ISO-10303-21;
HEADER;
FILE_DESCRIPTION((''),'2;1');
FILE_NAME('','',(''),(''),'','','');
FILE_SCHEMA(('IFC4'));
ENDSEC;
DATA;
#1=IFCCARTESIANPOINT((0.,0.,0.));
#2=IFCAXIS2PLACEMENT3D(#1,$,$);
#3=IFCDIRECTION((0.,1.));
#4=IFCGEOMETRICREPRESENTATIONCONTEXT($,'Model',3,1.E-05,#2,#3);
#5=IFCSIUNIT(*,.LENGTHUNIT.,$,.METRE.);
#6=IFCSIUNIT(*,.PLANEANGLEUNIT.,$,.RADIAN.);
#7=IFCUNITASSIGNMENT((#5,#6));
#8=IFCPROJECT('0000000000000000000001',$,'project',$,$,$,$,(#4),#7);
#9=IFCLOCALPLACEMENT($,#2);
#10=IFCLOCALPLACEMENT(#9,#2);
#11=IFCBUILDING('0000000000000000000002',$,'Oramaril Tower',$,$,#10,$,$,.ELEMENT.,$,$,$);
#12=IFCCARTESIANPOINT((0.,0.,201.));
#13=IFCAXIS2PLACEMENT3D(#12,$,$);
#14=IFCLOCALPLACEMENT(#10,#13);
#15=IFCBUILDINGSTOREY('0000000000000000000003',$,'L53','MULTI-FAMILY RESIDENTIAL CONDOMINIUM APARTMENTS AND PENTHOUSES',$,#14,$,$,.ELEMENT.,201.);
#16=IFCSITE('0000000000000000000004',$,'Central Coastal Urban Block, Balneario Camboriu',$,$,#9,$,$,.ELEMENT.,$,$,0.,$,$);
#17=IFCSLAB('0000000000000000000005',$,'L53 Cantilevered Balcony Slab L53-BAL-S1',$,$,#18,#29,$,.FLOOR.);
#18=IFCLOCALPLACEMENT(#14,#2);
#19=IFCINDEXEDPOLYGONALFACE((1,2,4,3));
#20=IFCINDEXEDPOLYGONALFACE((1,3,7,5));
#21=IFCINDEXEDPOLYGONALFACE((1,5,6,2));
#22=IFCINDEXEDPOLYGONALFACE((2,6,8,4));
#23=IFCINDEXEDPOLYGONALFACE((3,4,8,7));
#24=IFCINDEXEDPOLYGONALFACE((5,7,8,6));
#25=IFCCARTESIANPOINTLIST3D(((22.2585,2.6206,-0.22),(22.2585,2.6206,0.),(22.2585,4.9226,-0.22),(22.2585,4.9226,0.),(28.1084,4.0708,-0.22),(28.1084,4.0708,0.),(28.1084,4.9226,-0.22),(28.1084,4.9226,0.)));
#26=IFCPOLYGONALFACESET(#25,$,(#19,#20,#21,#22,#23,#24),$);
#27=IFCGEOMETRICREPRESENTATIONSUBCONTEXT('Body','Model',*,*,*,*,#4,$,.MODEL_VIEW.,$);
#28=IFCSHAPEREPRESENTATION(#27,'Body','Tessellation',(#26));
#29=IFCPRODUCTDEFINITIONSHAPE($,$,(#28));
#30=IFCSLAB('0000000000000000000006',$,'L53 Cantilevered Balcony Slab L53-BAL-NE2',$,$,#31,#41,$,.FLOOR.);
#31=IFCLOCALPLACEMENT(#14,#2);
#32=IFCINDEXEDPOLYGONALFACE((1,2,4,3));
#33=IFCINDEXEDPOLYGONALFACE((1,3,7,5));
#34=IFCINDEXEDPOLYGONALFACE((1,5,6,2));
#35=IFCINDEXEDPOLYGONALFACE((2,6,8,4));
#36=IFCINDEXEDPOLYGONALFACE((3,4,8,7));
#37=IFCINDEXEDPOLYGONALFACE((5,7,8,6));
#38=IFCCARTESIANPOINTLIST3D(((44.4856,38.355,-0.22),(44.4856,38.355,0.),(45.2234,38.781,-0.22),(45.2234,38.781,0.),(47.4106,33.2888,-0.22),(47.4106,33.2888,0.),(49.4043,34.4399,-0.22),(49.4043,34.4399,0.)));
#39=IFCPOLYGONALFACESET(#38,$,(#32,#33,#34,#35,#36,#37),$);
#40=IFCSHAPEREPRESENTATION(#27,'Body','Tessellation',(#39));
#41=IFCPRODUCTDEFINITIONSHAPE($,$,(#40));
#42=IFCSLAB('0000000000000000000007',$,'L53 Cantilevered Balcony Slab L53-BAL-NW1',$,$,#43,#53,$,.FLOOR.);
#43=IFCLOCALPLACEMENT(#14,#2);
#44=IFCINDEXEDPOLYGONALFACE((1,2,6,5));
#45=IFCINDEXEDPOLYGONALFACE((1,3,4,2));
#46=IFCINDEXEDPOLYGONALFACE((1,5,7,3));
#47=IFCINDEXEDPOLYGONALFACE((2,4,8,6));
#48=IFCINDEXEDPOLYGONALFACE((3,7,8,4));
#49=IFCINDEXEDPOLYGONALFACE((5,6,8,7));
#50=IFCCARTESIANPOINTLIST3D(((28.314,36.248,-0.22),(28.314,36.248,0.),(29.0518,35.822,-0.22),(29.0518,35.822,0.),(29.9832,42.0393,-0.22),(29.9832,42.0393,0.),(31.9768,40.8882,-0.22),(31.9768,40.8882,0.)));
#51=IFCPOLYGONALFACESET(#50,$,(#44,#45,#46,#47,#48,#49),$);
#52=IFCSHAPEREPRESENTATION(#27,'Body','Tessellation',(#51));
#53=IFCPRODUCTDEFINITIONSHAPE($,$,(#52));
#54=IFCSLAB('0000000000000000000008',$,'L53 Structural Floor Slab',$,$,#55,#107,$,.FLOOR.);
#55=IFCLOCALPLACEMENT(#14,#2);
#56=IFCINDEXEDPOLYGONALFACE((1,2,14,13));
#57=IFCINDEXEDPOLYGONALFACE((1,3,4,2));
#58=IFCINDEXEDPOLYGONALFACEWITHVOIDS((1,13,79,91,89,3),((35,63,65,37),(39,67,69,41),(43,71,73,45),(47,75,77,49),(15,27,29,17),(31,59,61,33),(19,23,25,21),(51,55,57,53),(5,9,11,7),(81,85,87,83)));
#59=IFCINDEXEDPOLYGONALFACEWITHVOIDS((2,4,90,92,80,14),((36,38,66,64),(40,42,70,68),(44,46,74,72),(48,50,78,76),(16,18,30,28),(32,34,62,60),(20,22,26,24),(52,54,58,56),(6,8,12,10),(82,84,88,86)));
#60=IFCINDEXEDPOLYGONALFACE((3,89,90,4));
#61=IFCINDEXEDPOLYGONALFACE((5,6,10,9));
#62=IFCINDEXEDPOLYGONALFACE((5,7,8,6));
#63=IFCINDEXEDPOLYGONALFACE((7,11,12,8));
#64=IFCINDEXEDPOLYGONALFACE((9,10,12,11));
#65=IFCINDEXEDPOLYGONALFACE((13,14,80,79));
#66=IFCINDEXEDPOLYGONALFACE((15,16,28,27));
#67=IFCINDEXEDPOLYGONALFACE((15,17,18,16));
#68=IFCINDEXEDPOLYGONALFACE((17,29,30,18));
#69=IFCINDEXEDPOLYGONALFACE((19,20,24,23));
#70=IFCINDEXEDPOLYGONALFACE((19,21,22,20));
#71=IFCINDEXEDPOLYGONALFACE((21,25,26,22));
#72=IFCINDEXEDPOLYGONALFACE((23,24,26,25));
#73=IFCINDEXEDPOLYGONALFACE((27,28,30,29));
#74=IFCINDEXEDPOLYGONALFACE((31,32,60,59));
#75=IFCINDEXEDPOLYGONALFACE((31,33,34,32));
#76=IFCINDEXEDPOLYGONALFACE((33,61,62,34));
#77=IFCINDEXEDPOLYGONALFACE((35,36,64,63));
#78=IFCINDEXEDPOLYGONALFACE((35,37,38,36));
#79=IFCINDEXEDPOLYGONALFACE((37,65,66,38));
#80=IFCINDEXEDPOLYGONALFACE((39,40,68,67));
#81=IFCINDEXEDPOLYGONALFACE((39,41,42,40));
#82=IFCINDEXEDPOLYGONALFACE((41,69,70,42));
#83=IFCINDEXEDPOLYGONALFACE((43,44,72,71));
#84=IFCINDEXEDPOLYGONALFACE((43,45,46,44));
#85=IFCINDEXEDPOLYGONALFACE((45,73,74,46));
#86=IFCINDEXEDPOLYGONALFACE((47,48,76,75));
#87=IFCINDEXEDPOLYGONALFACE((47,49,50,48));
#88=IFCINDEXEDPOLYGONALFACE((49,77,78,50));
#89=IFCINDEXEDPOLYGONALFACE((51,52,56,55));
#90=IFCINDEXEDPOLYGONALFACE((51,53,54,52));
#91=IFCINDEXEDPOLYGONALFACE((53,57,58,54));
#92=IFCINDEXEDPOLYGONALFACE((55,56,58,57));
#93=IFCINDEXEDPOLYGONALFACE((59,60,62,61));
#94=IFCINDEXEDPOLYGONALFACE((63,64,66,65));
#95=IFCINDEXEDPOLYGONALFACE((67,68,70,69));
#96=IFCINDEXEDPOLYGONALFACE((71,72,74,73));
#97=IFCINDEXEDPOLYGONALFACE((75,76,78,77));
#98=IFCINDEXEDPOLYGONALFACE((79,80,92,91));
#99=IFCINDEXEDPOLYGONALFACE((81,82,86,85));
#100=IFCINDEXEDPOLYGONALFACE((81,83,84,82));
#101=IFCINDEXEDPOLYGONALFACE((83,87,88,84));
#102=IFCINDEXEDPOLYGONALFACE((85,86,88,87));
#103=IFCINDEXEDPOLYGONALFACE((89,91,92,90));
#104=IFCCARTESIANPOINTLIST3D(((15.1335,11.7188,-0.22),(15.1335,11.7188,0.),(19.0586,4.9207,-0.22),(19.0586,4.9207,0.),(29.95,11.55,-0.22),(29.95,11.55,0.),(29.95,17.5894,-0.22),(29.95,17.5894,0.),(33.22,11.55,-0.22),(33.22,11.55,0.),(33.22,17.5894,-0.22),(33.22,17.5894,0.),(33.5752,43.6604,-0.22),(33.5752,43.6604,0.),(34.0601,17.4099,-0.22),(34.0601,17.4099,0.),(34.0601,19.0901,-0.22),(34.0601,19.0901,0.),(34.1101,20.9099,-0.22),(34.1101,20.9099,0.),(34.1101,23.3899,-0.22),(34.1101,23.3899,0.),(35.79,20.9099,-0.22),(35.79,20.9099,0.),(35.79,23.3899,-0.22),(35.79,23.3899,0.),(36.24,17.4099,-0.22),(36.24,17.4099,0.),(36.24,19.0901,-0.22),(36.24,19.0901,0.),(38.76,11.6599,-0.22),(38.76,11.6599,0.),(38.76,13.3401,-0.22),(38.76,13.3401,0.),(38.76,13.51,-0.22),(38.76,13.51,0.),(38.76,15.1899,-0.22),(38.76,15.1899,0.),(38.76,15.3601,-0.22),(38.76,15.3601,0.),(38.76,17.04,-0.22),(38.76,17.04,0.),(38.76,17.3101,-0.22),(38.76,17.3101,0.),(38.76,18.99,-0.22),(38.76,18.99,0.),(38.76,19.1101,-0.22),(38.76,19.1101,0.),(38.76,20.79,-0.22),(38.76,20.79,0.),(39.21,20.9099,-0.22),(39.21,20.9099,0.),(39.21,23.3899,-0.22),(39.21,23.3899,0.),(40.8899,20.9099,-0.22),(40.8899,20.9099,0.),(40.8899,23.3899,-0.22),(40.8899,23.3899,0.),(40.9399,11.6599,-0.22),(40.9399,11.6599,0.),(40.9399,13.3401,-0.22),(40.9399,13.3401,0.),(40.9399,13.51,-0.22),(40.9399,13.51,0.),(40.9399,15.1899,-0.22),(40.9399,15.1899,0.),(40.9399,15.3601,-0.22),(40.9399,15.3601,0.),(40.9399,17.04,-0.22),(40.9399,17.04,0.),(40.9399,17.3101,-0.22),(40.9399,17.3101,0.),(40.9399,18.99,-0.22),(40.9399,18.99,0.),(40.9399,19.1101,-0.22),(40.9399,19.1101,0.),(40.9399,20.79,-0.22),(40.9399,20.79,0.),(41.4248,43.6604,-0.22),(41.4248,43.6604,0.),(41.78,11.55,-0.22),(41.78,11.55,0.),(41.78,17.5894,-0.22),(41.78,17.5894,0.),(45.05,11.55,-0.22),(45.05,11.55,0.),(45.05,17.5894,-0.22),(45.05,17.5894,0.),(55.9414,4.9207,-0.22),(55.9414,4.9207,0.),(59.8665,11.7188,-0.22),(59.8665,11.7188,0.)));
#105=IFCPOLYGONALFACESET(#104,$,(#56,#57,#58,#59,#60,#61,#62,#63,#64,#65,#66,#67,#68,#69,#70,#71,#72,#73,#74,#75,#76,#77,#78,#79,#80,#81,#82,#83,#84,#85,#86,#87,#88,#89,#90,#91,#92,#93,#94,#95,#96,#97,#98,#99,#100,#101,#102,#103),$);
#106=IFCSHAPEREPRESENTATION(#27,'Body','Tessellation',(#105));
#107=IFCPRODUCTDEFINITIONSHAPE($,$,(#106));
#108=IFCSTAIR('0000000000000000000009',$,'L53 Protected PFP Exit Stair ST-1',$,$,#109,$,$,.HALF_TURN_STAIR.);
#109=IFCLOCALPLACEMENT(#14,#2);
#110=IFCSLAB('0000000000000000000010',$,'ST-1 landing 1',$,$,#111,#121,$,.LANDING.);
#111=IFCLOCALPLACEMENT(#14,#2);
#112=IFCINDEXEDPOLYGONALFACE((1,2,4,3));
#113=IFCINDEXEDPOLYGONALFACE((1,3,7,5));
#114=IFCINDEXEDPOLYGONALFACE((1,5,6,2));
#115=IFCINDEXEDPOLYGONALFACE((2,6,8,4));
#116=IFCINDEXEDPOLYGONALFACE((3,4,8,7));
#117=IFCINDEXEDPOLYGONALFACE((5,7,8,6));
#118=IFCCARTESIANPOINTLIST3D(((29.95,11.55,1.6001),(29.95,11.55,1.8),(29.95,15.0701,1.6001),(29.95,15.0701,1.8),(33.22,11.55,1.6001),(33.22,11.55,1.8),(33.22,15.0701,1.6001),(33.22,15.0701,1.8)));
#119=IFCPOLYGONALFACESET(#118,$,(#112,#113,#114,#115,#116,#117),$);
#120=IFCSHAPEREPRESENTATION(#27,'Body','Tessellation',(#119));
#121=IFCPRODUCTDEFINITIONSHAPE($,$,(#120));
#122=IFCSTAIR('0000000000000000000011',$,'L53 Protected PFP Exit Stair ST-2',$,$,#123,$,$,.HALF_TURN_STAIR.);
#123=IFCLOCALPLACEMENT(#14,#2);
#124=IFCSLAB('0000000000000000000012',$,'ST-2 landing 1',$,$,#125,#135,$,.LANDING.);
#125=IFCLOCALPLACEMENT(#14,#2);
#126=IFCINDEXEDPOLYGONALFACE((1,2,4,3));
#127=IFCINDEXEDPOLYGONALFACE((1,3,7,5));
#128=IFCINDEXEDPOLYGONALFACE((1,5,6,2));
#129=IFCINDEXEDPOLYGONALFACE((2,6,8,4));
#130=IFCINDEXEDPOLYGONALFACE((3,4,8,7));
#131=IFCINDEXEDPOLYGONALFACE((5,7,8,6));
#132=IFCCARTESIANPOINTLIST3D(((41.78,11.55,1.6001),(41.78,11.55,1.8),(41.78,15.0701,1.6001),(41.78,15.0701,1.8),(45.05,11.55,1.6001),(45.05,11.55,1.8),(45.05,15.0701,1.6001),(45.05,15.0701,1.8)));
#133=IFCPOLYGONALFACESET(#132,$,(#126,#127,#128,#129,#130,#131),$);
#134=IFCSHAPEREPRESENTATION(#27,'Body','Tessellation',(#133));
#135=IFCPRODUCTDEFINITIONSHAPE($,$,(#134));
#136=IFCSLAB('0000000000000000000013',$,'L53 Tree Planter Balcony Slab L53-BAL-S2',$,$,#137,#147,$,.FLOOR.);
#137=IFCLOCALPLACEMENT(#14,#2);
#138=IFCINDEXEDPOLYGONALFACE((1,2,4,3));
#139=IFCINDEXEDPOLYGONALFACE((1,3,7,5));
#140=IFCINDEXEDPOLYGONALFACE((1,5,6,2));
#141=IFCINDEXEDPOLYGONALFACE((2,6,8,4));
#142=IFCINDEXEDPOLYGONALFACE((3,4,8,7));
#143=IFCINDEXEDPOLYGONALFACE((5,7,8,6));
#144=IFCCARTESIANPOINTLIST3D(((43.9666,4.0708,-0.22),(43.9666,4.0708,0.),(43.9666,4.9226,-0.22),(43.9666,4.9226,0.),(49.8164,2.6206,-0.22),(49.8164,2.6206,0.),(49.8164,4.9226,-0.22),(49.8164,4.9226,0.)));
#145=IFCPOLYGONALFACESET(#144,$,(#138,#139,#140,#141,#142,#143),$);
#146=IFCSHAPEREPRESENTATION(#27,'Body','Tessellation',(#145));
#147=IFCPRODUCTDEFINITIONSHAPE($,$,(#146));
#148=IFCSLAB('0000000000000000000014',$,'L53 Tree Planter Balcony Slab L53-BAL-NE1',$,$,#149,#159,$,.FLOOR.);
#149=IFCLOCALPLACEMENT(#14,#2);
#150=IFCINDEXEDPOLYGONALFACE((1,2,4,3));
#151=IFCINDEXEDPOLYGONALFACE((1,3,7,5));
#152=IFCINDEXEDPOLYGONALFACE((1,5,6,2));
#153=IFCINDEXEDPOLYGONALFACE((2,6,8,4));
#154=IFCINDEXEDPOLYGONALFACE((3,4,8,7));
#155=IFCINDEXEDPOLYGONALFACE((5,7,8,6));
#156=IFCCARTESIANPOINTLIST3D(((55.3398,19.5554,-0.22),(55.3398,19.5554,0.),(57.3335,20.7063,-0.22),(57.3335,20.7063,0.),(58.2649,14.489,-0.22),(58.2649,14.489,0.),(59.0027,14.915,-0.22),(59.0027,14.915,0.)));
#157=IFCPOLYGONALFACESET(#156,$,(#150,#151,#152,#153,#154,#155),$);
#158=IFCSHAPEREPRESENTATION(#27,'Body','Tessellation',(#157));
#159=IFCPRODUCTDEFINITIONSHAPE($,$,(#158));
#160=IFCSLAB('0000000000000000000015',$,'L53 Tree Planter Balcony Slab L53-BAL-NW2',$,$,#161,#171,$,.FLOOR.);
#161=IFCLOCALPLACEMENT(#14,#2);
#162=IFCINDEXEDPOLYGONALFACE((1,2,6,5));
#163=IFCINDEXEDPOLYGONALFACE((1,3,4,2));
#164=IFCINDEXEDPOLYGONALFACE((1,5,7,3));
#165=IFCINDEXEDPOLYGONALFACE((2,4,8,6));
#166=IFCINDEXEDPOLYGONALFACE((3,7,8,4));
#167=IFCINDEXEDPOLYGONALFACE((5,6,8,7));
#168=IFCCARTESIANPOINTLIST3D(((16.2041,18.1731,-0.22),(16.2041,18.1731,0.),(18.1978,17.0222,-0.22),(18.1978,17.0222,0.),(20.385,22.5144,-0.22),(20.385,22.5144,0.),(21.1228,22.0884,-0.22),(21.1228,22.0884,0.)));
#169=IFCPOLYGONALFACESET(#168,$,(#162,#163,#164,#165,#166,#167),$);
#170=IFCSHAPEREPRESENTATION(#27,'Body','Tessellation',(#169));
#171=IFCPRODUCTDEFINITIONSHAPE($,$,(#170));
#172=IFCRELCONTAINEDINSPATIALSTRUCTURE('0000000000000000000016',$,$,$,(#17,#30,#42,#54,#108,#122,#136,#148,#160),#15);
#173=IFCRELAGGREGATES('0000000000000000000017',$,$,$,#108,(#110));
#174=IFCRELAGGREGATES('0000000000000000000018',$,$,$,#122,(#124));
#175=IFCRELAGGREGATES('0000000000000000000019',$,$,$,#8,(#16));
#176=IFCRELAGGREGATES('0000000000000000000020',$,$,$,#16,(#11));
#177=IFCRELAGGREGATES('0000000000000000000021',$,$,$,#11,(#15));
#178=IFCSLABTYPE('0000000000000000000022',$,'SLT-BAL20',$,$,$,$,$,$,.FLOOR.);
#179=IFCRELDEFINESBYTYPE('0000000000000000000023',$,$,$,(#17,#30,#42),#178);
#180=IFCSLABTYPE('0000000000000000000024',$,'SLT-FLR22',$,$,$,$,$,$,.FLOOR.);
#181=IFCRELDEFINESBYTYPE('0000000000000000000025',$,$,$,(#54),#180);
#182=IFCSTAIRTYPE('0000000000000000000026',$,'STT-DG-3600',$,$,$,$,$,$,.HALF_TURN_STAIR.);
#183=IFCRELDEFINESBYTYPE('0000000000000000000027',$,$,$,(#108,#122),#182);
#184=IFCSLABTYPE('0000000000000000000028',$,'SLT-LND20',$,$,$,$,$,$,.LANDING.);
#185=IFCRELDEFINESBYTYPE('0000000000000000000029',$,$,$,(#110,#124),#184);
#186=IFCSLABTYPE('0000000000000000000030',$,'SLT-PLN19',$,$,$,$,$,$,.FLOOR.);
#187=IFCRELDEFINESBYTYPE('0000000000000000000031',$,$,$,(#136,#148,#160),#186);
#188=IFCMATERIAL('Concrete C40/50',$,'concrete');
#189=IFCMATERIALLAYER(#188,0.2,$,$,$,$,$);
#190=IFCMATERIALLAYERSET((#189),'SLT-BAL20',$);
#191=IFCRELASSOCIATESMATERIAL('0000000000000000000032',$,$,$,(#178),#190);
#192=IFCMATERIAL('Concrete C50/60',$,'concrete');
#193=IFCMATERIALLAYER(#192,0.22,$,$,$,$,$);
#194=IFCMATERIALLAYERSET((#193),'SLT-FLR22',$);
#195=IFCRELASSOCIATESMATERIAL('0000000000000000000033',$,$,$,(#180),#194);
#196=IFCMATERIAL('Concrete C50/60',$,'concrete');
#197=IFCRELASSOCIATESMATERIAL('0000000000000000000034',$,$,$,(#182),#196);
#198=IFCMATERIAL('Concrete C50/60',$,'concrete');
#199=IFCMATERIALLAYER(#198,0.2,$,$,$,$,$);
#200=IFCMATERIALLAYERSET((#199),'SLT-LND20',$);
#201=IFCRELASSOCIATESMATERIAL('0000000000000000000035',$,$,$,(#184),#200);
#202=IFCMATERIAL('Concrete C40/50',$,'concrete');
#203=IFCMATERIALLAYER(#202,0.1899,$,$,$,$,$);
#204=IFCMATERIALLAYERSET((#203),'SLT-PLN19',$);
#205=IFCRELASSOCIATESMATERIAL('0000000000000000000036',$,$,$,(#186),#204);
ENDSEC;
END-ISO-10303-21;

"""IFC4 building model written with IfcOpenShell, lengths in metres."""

from ifc_helpers import new_model, si_unit, direction, frame, origin, place, context, subcontext, project, spatial, polyline, outline, extrude, material, layer, layer_set, type_object, element, aggregate, save


model = new_model("IFC4")

# Units and contexts
model_context = context("Model", 3, precision=1e-05, world=origin(), true_north=direction((0.0, 1.0)))
body_context = subcontext(model_context, "Body", "Model", "MODEL_VIEW")
ifc_project = project(units=[si_unit("LENGTHUNIT", "METRE"), si_unit("PLANEANGLEUNIT", "RADIAN")], contexts=[model_context])

# Site, building, storey
site_placement = place(None, origin())
site = spatial("IfcSite", under=ifc_project, at=site_placement, Name="Central Coastal Urban Block, Balneario Camboriu", CompositionType="ELEMENT", RefElevation=0.0)
building_placement = place(site_placement, origin())
building = spatial("IfcBuilding", under=site, at=building_placement, Name="Oramaril Tower", CompositionType="ELEMENT")
storey_placement = place(building_placement, frame((0.0, 0.0, 201.0)))
storey = spatial("IfcBuildingStorey", under=building, at=storey_placement, Name="L53", Description="MULTI-FAMILY RESIDENTIAL CONDOMINIUM APARTMENTS AND PENTHOUSES", CompositionType="ELEMENT", Elevation=201.0)

# Slabs
ifc_material_1 = material(Name="Concrete C40/50", Category="concrete")
ifc_layer_1 = layer(ifc_material_1, 0.2)
ifc_layer_set_1 = layer_set([ifc_layer_1], Name="SLT-BAL20")
slab_type_1 = type_object("IfcSlabType", Name="SLT-BAL20", PredefinedType="FLOOR", material=ifc_layer_set_1)
slab_1_placement = place(storey_placement, frame((0.0, 0.0, -0.22)))
element("IfcSlab", 1, at=slab_1_placement, inside=storey, type_object=slab_type_1, Name="L53 Cantilevered Balcony Slab L53-BAL-S1", PredefinedType="FLOOR", context=body_context, shape_type="SweptSolid", body=[
    extrude(outline(polyline([(22.2585, 4.9226), (28.1084, 4.9226), (28.1084, 4.0708), (22.2585, 2.6206), (22.2585, 4.9226)])), origin(), (0.0, 0.0, 1.0), 0.22),
])
slab_2_placement = place(storey_placement, frame((0.0, 0.0, -0.22)))
element("IfcSlab", 2, at=slab_2_placement, inside=storey, type_object=slab_type_1, Name="L53 Cantilevered Balcony Slab L53-BAL-NE2", PredefinedType="FLOOR", context=body_context, shape_type="SweptSolid", body=[
    extrude(outline(polyline([(47.4106, 33.2888), (44.4856, 38.355), (45.2234, 38.781), (49.4043, 34.4399), (47.4106, 33.2888)])), origin(), (0.0, 0.0, 1.0), 0.22),
])
slab_3_placement = place(storey_placement, frame((0.0, 0.0, -0.22)))
element("IfcSlab", 3, at=slab_3_placement, inside=storey, type_object=slab_type_1, Name="L53 Cantilevered Balcony Slab L53-BAL-NW1", PredefinedType="FLOOR", context=body_context, shape_type="SweptSolid", body=[
    extrude(outline(polyline([(31.9768, 40.8882), (29.0518, 35.822), (28.314, 36.248), (29.9832, 42.0393), (31.9768, 40.8882)])), origin(), (0.0, 0.0, 1.0), 0.22),
])
ifc_material_2 = material(Name="Concrete C50/60", Category="concrete")
ifc_layer_2 = layer(ifc_material_2, 0.22)
ifc_layer_set_2 = layer_set([ifc_layer_2], Name="SLT-FLR22")
slab_type_2 = type_object("IfcSlabType", Name="SLT-FLR22", PredefinedType="FLOOR", material=ifc_layer_set_2)
slab_4_placement = place(storey_placement, frame((0.0, 0.0, -0.22)))
element("IfcSlab", 4, at=slab_4_placement, inside=storey, type_object=slab_type_2, Name="L53 Structural Floor Slab", PredefinedType="FLOOR", context=body_context, shape_type="SweptSolid", body=[
    extrude(outline(polyline([(15.1335, 11.7188), (19.0586, 4.9207), (55.9414, 4.9207), (59.8665, 11.7188), (41.4248, 43.6604), (33.5752, 43.6604), (15.1335, 11.7188)]), holes=[polyline([(29.95, 17.5894), (29.95, 11.55), (33.22, 11.55), (33.22, 17.5894), (29.95, 17.5894)]), polyline([(41.78, 17.5894), (41.78, 11.55), (45.05, 11.55), (45.05, 17.5894), (41.78, 17.5894)]), polyline([(34.1101, 20.9099), (35.79, 20.9099), (35.79, 23.3899), (34.1101, 23.3899), (34.1101, 20.9099)]), polyline([(39.21, 20.9099), (40.8899, 20.9099), (40.8899, 23.3899), (39.21, 23.3899), (39.21, 20.9099)]), polyline([(38.76, 11.6599), (40.9399, 11.6599), (40.9399, 13.3401), (38.76, 13.3401), (38.76, 11.6599)]), polyline([(38.76, 13.51), (40.9399, 13.51), (40.9399, 15.1899), (38.76, 15.1899), (38.76, 13.51)]), polyline([(38.76, 15.3601), (40.9399, 15.3601), (40.9399, 17.04), (38.76, 17.04), (38.76, 15.3601)]), polyline([(34.0601, 17.4099), (36.24, 17.4099), (36.24, 19.0901), (34.0601, 19.0901), (34.0601, 17.4099)]), polyline([(38.76, 17.3101), (40.9399, 17.3101), (40.9399, 18.99), (38.76, 18.99), (38.76, 17.3101)]), polyline([(38.76, 19.1101), (40.9399, 19.1101), (40.9399, 20.79), (38.76, 20.79), (38.76, 19.1101)])]), origin(), (0.0, 0.0, 1.0), 0.22),
])

# Stairs, slabs
ifc_material_3 = material(Name="Concrete C50/60", Category="concrete")
stair_type = type_object("IfcStairType", Name="STT-DG-3600", PredefinedType="HALF_TURN_STAIR", material=ifc_material_3)
stair_1_placement = place(storey_placement, origin())
stair_1 = element("IfcStair", 5, at=stair_1_placement, inside=storey, type_object=stair_type, Name="L53 Protected PFP Exit Stair ST-1", PredefinedType="HALF_TURN_STAIR")
ifc_material_4 = material(Name="Concrete C50/60", Category="concrete")
ifc_layer_3 = layer(ifc_material_4, 0.2)
ifc_layer_set_3 = layer_set([ifc_layer_3], Name="SLT-LND20")
slab_type_3 = type_object("IfcSlabType", Name="SLT-LND20", PredefinedType="LANDING", material=ifc_layer_set_3)
slab_5_placement = place(storey_placement, frame((0.0, 0.0, 1.6001)))
slab_5 = element("IfcSlab", 6, at=slab_5_placement, type_object=slab_type_3, Name="ST-1 landing 1", PredefinedType="LANDING", context=body_context, shape_type="SweptSolid", body=[
    extrude(outline(polyline([(29.95, 15.0701), (29.95, 11.55), (33.22, 11.55), (33.22, 15.0701), (29.95, 15.0701)])), origin(), (0.0, 0.0, 1.0), 0.2),
])
aggregate(stair_1, [slab_5])
stair_2_placement = place(storey_placement, origin())
stair_2 = element("IfcStair", 7, at=stair_2_placement, inside=storey, type_object=stair_type, Name="L53 Protected PFP Exit Stair ST-2", PredefinedType="HALF_TURN_STAIR")
slab_6_placement = place(storey_placement, frame((0.0, 0.0, 1.6001)))
slab_6 = element("IfcSlab", 8, at=slab_6_placement, type_object=slab_type_3, Name="ST-2 landing 1", PredefinedType="LANDING", context=body_context, shape_type="SweptSolid", body=[
    extrude(outline(polyline([(41.78, 15.0701), (41.78, 11.55), (45.05, 11.55), (45.05, 15.0701), (41.78, 15.0701)])), origin(), (0.0, 0.0, 1.0), 0.2),
])
aggregate(stair_2, [slab_6])

# Slabs
ifc_material_5 = material(Name="Concrete C40/50", Category="concrete")
ifc_layer_4 = layer(ifc_material_5, 0.1899)
ifc_layer_set_4 = layer_set([ifc_layer_4], Name="SLT-PLN19")
slab_type_4 = type_object("IfcSlabType", Name="SLT-PLN19", PredefinedType="FLOOR", material=ifc_layer_set_4)
slab_7_placement = place(storey_placement, frame((0.0, 0.0, -0.22)))
element("IfcSlab", 9, at=slab_7_placement, inside=storey, type_object=slab_type_4, Name="L53 Tree Planter Balcony Slab L53-BAL-S2", PredefinedType="FLOOR", context=body_context, shape_type="SweptSolid", body=[
    extrude(outline(polyline([(43.9666, 4.9226), (49.8164, 4.9226), (49.8164, 2.6206), (43.9666, 4.0708), (43.9666, 4.9226)])), origin(), (0.0, 0.0, 1.0), 0.22),
])
slab_8_placement = place(storey_placement, frame((0.0, 0.0, -0.22)))
element("IfcSlab", 10, at=slab_8_placement, inside=storey, type_object=slab_type_4, Name="L53 Tree Planter Balcony Slab L53-BAL-NE1", PredefinedType="FLOOR", context=body_context, shape_type="SweptSolid", body=[
    extrude(outline(polyline([(58.2649, 14.489), (55.3398, 19.5554), (57.3335, 20.7063), (59.0027, 14.915), (58.2649, 14.489)])), origin(), (0.0, 0.0, 1.0), 0.22),
])
slab_9_placement = place(storey_placement, frame((0.0, 0.0, -0.22)))
element("IfcSlab", 11, at=slab_9_placement, inside=storey, type_object=slab_type_4, Name="L53 Tree Planter Balcony Slab L53-BAL-NW2", PredefinedType="FLOOR", context=body_context, shape_type="SweptSolid", body=[
    extrude(outline(polyline([(21.1228, 22.0884), (18.1978, 17.0222), (16.2041, 18.1731), (20.385, 22.5144), (21.1228, 22.0884)])), origin(), (0.0, 0.0, 1.0), 0.22),
])

save(model, "model.ifc")
